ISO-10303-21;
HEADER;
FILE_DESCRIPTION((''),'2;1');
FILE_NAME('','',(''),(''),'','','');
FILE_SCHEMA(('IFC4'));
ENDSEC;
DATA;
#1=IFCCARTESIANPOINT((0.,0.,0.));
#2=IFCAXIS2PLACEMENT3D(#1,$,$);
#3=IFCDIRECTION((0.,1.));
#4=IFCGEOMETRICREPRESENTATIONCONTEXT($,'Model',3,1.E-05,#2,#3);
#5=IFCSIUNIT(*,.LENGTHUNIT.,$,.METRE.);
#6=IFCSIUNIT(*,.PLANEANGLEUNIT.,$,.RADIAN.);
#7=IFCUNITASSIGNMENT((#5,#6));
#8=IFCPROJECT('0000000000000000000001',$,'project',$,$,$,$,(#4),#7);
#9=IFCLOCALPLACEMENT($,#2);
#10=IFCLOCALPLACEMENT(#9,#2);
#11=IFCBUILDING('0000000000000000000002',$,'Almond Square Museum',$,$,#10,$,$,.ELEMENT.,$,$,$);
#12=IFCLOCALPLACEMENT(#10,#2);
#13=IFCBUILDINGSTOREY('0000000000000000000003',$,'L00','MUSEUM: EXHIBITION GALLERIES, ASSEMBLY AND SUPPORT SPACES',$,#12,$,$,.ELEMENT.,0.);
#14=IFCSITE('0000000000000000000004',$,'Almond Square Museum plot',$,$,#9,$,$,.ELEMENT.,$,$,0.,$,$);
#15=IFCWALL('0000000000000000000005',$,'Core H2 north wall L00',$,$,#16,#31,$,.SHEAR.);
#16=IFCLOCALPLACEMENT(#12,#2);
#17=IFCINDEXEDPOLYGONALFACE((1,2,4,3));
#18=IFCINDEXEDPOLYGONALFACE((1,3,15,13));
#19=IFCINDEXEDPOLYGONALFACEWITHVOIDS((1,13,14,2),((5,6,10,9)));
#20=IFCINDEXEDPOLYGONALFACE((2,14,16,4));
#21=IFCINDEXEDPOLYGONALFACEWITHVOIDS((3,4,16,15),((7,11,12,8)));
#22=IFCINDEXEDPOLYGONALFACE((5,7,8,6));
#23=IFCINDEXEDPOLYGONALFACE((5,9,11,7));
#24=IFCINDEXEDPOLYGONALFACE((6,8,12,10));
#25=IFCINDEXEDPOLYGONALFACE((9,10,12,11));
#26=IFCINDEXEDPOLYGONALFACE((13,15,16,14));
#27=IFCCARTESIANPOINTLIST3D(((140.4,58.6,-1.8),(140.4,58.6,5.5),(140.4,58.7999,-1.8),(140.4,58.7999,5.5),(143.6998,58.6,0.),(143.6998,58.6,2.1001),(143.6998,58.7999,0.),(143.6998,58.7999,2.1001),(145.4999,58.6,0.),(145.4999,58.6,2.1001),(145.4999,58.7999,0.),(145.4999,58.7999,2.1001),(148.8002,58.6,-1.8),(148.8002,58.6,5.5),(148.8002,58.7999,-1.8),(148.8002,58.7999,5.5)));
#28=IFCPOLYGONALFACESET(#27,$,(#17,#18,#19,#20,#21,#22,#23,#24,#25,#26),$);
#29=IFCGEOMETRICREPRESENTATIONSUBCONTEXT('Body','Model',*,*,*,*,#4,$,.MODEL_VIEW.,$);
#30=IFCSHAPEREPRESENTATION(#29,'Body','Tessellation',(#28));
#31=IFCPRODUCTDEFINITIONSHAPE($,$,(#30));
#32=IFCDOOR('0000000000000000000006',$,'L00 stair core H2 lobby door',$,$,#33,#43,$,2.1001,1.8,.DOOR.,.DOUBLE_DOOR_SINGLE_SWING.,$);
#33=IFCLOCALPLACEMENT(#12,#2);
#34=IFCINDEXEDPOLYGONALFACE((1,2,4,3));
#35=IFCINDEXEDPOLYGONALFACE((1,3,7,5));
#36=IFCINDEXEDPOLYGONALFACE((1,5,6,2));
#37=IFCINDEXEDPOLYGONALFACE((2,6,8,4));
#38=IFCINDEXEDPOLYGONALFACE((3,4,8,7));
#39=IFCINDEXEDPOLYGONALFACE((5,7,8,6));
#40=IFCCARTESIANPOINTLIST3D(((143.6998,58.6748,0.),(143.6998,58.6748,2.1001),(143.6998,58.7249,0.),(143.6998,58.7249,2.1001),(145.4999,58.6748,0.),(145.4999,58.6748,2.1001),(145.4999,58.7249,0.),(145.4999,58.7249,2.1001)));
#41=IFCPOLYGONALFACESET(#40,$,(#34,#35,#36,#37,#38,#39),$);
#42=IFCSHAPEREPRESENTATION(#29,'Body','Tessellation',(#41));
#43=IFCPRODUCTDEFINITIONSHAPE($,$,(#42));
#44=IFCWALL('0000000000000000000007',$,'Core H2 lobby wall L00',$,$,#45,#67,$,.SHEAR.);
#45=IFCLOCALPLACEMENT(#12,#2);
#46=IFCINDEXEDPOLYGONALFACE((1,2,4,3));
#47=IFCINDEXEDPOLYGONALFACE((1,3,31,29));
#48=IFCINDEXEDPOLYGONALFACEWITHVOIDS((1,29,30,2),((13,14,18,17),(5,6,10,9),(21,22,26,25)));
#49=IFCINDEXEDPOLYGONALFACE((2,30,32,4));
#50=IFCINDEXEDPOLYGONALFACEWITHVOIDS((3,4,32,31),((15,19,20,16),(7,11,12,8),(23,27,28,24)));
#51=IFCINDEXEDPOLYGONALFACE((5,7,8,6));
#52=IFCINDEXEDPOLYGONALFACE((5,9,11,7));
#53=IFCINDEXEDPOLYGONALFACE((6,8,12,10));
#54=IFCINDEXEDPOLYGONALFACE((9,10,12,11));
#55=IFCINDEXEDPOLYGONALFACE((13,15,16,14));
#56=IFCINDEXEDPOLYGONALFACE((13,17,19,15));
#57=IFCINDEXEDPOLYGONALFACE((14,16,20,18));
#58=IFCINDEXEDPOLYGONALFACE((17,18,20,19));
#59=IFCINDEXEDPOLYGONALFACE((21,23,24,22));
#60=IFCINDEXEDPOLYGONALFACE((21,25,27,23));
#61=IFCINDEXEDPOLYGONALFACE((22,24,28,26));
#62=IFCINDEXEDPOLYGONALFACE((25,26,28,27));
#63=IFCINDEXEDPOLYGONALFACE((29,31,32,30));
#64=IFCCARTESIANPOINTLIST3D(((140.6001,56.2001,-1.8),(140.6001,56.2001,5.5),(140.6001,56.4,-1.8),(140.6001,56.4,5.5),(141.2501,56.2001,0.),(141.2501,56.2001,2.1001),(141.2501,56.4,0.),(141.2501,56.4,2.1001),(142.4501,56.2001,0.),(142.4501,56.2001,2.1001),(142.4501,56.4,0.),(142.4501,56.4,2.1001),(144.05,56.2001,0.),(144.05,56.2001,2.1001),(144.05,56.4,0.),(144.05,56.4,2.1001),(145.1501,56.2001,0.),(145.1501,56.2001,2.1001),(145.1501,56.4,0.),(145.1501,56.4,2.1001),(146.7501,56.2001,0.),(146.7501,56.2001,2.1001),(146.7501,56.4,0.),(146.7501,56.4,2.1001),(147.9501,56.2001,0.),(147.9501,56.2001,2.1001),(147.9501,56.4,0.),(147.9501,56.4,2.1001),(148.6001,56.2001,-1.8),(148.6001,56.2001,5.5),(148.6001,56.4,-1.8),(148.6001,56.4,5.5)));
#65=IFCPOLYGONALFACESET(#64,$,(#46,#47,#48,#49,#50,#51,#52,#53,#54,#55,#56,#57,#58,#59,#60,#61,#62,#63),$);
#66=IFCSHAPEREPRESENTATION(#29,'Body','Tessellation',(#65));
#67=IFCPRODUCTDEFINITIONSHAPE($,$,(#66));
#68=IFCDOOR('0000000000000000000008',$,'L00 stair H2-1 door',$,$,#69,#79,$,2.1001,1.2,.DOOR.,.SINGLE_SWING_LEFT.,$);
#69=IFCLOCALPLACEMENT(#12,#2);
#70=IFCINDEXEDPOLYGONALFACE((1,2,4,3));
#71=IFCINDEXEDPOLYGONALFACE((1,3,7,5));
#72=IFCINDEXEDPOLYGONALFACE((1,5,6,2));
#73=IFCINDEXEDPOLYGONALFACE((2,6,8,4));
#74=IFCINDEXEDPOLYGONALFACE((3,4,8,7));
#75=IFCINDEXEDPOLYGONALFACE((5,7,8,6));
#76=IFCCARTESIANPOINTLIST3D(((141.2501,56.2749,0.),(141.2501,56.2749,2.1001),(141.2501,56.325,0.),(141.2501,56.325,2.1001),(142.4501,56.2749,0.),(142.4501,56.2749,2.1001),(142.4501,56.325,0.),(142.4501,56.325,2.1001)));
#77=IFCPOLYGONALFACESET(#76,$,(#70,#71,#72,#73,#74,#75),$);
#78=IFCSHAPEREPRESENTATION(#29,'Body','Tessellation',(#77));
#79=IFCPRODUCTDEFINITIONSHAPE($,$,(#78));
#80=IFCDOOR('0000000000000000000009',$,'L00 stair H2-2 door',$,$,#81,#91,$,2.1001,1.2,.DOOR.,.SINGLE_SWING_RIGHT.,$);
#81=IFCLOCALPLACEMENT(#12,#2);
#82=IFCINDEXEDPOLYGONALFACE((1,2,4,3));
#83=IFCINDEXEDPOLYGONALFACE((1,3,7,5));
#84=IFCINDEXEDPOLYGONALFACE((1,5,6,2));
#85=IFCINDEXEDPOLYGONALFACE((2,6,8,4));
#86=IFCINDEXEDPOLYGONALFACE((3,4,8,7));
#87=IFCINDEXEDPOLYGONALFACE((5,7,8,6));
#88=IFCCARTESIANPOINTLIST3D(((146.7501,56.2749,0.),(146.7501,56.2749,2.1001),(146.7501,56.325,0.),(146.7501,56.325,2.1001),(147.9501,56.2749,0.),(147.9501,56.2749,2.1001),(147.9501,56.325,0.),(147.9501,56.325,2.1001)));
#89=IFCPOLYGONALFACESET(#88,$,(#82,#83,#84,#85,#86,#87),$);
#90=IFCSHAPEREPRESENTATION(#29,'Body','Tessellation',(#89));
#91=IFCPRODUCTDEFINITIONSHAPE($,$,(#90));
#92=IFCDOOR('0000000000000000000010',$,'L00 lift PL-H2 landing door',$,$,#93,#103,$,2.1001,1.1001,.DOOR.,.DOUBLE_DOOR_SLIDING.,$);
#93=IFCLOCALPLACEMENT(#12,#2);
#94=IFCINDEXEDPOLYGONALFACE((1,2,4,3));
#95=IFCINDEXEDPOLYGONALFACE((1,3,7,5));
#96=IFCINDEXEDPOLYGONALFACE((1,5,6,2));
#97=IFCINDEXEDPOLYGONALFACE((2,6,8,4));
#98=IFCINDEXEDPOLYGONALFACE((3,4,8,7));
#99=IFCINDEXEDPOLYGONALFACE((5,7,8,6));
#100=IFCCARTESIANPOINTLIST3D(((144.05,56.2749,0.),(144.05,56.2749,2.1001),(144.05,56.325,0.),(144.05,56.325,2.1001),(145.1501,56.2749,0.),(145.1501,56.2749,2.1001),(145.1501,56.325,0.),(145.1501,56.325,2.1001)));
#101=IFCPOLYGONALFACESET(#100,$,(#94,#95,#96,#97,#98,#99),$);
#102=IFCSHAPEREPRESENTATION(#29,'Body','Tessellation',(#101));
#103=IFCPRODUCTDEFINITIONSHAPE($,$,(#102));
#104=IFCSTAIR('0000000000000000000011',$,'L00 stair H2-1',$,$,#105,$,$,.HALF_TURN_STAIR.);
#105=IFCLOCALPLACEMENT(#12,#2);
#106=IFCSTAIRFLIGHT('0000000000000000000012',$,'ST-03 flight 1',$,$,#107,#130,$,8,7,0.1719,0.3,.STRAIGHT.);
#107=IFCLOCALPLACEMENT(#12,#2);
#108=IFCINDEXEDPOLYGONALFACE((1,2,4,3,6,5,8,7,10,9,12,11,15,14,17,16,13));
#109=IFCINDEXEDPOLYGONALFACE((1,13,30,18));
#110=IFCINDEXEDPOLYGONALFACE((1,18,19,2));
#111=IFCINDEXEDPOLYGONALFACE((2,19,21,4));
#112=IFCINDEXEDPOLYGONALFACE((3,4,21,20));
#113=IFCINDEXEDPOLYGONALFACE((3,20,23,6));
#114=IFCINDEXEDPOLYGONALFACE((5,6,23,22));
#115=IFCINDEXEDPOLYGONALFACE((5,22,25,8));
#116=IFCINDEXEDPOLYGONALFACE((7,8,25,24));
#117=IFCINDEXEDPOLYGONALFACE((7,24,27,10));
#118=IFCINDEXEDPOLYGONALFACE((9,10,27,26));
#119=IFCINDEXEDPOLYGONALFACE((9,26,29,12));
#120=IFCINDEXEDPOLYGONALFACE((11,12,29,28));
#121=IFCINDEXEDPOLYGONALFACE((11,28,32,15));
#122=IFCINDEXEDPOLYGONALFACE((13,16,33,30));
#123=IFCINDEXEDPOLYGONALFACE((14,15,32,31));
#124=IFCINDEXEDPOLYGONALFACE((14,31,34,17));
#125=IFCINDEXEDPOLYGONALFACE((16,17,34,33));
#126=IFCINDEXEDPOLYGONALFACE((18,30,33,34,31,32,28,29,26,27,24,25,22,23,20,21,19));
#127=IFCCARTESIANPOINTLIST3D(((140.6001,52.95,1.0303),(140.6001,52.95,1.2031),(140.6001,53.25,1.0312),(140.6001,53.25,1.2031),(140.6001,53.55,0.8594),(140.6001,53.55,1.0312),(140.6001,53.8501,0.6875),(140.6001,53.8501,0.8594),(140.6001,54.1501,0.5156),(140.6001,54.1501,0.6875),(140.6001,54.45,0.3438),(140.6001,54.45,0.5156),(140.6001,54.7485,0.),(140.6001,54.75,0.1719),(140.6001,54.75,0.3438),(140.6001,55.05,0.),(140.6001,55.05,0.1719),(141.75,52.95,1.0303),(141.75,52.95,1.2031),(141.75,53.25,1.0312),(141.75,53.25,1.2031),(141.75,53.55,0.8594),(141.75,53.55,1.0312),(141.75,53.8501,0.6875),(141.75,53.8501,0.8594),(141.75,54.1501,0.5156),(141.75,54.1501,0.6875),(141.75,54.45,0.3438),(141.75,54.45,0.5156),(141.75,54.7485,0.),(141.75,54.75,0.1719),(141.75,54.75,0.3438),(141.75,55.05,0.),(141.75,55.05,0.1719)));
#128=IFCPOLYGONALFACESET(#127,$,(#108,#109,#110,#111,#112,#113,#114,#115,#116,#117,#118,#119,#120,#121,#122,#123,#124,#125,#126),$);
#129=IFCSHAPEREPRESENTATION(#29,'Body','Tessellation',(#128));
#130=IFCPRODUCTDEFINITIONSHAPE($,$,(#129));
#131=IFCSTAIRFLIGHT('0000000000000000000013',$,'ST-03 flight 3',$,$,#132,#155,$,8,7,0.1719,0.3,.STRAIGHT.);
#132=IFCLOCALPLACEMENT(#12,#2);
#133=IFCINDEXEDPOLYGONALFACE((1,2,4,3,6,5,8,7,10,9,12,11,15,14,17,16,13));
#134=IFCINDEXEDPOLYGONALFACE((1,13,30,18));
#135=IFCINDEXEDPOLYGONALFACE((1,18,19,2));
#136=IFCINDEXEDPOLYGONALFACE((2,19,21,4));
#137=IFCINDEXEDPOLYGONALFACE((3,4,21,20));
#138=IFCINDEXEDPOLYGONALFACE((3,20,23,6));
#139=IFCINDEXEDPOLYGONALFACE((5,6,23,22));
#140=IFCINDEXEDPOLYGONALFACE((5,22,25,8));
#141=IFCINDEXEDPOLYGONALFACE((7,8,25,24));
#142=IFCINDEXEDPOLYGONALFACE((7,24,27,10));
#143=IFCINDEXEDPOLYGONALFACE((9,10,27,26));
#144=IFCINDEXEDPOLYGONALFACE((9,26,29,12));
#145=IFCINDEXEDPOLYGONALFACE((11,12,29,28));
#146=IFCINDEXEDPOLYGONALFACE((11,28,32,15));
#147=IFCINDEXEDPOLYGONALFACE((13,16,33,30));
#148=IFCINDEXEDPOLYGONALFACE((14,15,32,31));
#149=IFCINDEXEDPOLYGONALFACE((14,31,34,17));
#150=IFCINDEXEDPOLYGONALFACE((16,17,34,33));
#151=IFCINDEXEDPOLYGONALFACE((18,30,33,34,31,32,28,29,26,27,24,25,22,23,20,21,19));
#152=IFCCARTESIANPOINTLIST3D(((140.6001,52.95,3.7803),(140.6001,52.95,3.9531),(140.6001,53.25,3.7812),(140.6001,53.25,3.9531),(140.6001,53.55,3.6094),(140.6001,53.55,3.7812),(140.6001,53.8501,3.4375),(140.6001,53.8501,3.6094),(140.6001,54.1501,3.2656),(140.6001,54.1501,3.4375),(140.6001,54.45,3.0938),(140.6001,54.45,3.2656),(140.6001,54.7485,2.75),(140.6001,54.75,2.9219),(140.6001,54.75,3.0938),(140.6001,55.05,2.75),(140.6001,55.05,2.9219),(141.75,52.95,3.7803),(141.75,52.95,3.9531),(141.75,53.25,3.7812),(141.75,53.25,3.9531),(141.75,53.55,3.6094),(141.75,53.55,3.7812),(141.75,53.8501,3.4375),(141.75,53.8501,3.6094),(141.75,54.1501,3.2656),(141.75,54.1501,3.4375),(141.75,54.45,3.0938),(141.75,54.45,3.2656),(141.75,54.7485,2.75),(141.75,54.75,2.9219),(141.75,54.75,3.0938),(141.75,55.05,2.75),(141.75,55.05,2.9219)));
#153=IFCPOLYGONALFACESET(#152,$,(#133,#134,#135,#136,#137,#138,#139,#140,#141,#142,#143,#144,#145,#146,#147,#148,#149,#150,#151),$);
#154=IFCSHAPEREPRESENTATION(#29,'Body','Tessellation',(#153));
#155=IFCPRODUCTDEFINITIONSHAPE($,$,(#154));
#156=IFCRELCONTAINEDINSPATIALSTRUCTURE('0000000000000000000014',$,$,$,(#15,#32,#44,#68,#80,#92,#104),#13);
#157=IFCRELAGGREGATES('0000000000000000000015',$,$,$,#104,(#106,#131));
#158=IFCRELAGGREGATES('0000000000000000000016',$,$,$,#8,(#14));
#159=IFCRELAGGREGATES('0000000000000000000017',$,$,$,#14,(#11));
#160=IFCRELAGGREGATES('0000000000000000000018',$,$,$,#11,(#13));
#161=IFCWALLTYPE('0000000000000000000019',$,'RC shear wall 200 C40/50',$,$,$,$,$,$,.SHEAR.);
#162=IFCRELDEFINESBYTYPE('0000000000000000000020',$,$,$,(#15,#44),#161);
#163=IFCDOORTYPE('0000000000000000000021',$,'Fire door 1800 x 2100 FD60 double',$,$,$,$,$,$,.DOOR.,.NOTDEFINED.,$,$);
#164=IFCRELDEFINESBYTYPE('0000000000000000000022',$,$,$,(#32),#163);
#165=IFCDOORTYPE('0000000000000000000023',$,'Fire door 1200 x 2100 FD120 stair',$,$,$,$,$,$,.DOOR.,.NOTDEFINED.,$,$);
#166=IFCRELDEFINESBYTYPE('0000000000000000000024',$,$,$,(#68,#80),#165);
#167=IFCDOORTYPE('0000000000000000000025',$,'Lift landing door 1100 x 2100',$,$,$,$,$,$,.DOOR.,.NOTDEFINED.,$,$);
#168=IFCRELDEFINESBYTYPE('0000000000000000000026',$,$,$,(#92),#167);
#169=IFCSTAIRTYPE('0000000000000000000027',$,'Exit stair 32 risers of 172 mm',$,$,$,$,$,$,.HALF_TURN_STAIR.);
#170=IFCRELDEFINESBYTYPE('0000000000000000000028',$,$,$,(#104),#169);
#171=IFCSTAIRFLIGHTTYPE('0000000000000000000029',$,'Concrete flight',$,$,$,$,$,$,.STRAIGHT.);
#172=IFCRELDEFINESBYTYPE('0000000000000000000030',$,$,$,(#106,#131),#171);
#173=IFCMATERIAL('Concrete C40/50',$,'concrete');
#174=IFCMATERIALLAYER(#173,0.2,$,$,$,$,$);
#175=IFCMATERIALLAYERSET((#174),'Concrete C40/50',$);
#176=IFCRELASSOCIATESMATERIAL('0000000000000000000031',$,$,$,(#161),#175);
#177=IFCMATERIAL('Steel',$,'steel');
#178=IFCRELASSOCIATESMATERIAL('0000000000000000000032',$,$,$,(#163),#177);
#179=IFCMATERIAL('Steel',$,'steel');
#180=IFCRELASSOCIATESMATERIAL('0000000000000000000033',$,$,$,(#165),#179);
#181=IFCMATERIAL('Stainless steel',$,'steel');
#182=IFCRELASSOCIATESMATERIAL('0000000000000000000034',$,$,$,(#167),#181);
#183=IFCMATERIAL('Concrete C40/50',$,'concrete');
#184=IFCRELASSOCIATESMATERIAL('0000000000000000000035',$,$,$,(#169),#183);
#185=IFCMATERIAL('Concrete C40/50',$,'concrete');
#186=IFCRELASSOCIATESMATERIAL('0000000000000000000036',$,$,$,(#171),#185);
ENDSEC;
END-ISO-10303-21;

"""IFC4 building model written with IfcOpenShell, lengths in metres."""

from ifc_helpers import new_model, si_unit, direction, frame, frame_2d, origin, place, context, subcontext, project, spatial, polyline, rectangle, outline, extrude, material, layer, layer_set, type_object, element, fill, aggregate, save


model = new_model("IFC4")

# Units and contexts
model_context = context("Model", 3, precision=1e-05, world=origin(), true_north=direction((0.0, 1.0)))
body_context = subcontext(model_context, "Body", "Model", "MODEL_VIEW")
ifc_project = project(units=[si_unit("LENGTHUNIT", "METRE"), si_unit("PLANEANGLEUNIT", "RADIAN")], contexts=[model_context])

# Site, building, storey
site_placement = place(None, origin())
site = spatial("IfcSite", under=ifc_project, at=site_placement, Name="Almond Square Museum plot", CompositionType="ELEMENT", RefElevation=0.0)
building_placement = place(site_placement, origin())
building = spatial("IfcBuilding", under=site, at=building_placement, Name="Almond Square Museum", CompositionType="ELEMENT")
storey_placement = place(building_placement, origin())
storey = spatial("IfcBuildingStorey", under=building, at=storey_placement, Name="L00", Description="MUSEUM: EXHIBITION GALLERIES, ASSEMBLY AND SUPPORT SPACES", CompositionType="ELEMENT", Elevation=0.0)

# Wall, opening, door
ifc_material_1 = material(Name="Concrete C40/50", Category="concrete")
ifc_layer = layer(ifc_material_1, 0.2)
ifc_layer_set = layer_set([ifc_layer], Name="Concrete C40/50")
wall_type = type_object("IfcWallType", Name="RC shear wall 200 C40/50", PredefinedType="SHEAR", material=ifc_layer_set)
wall_1_placement = place(storey_placement, frame((140.3999, 58.7, -1.8), z_axis=(0.0, 0.0, 1.0), x_axis=(1.0, 0.0, 0.0)))
wall_1 = element("IfcWall", 1, at=wall_1_placement, inside=storey, type_object=wall_type, Name="Core H2 north wall L00", PredefinedType="SHEAR", context=body_context, shape_type="SweptSolid", body=[
    extrude(rectangle(XDim=8.4001, YDim=0.2, at=frame_2d((4.2002, 0.0))), origin(), (0.0, 0.0, 1.0), 7.3),
])
opening_1_placement = place(wall_1_placement, frame((3.3, 0.0, 1.8)))
opening_1 = element("IfcOpeningElement", 2, at=opening_1_placement, cuts=wall_1, PredefinedType="OPENING", context=body_context, shape_type="SweptSolid", body=[
    extrude(rectangle(XDim=1.8, YDim=2.1001, at=frame_2d((0.8999, 1.05))), frame((0.0, 0.1099, 0.0), z_axis=(0.0, -1.0, 0.0), x_axis=(1.0, 0.0, 0.0)), (0.0, 0.0, 1.0), 0.22),
])
ifc_material_2 = material(Name="Steel", Category="steel")
door_type_1 = type_object("IfcDoorType", Name="Fire door 1800 x 2100 FD60 double", OperationType="NOTDEFINED", PredefinedType="DOOR", material=ifc_material_2)
door_1_placement = place(opening_1_placement, origin())
door_1 = element("IfcDoor", 3, at=door_1_placement, inside=storey, type_object=door_type_1, Name="L00 stair core H2 lobby door", OperationType="DOUBLE_DOOR_SINGLE_SWING", OverallHeight=2.1001, OverallWidth=1.8, PredefinedType="DOOR", context=body_context, shape_type="SweptSolid", body=[
    extrude(rectangle(XDim=1.8, YDim=2.1001, at=frame_2d((0.8999, 1.05))), frame((0.0, 0.0249, 0.0), z_axis=(0.0, -1.0, 0.0), x_axis=(1.0, 0.0, 0.0)), (0.0, 0.0, 1.0), 0.05),
])
fill(opening_1, door_1)

# Wall, openings, doors
wall_2_placement = place(storey_placement, frame((140.6001, 56.3, -1.8), z_axis=(0.0, 0.0, 1.0), x_axis=(1.0, 0.0, 0.0)))
wall_2 = element("IfcWall", 4, at=wall_2_placement, inside=storey, type_object=wall_type, Name="Core H2 lobby wall L00", PredefinedType="SHEAR", context=body_context, shape_type="SweptSolid", body=[
    extrude(rectangle(XDim=8.0, YDim=0.2, at=frame_2d((4.0, 0.0))), origin(), (0.0, 0.0, 1.0), 7.3),
])
opening_2_placement = place(wall_2_placement, frame((0.6499, 0.0, 1.8)))
opening_2 = element("IfcOpeningElement", 5, at=opening_2_placement, cuts=wall_2, PredefinedType="OPENING", context=body_context, shape_type="SweptSolid", body=[
    extrude(rectangle(XDim=1.2, YDim=2.1001, at=frame_2d((0.6001, 1.05))), frame((0.0, 0.1099, 0.0), z_axis=(0.0, -1.0, 0.0), x_axis=(1.0, 0.0, 0.0)), (0.0, 0.0, 1.0), 0.22),
])
opening_3_placement = place(wall_2_placement, frame((6.1499, 0.0, 1.8)))
opening_3 = element("IfcOpeningElement", 6, at=opening_3_placement, cuts=wall_2, PredefinedType="OPENING", context=body_context, shape_type="SweptSolid", body=[
    extrude(rectangle(XDim=1.2, YDim=2.1001, at=frame_2d((0.6001, 1.05))), frame((0.0, 0.1099, 0.0), z_axis=(0.0, -1.0, 0.0), x_axis=(1.0, 0.0, 0.0)), (0.0, 0.0, 1.0), 0.22),
])
opening_4_placement = place(wall_2_placement, frame((3.45, 0.0, 1.8)))
opening_4 = element("IfcOpeningElement", 7, at=opening_4_placement, cuts=wall_2, PredefinedType="OPENING", context=body_context, shape_type="SweptSolid", body=[
    extrude(rectangle(XDim=1.1001, YDim=2.1001, at=frame_2d((0.55, 1.05))), frame((0.0, 0.1099, 0.0), z_axis=(0.0, -1.0, 0.0), x_axis=(1.0, 0.0, 0.0)), (0.0, 0.0, 1.0), 0.22),
])
ifc_material_3 = material(Name="Steel", Category="steel")
door_type_2 = type_object("IfcDoorType", Name="Fire door 1200 x 2100 FD120 stair", OperationType="NOTDEFINED", PredefinedType="DOOR", material=ifc_material_3)
door_2_placement = place(opening_2_placement, origin())
door_2 = element("IfcDoor", 8, at=door_2_placement, inside=storey, type_object=door_type_2, Name="L00 stair H2-1 door", OperationType="SINGLE_SWING_LEFT", OverallHeight=2.1001, OverallWidth=1.2, PredefinedType="DOOR", context=body_context, shape_type="SweptSolid", body=[
    extrude(rectangle(XDim=1.2, YDim=2.1001, at=frame_2d((0.6001, 1.05))), frame((0.0, 0.0249, 0.0), z_axis=(0.0, -1.0, 0.0), x_axis=(1.0, 0.0, 0.0)), (0.0, 0.0, 1.0), 0.05),
])
fill(opening_2, door_2)
door_3_placement = place(opening_3_placement, origin())
door_3 = element("IfcDoor", 9, at=door_3_placement, inside=storey, type_object=door_type_2, Name="L00 stair H2-2 door", OperationType="SINGLE_SWING_RIGHT", OverallHeight=2.1001, OverallWidth=1.2, PredefinedType="DOOR", context=body_context, shape_type="SweptSolid", body=[
    extrude(rectangle(XDim=1.2, YDim=2.1001, at=frame_2d((0.6001, 1.05))), frame((0.0, 0.0249, 0.0), z_axis=(0.0, -1.0, 0.0), x_axis=(1.0, 0.0, 0.0)), (0.0, 0.0, 1.0), 0.05),
])
fill(opening_3, door_3)
ifc_material_4 = material(Name="Stainless steel", Category="steel")
door_type_3 = type_object("IfcDoorType", Name="Lift landing door 1100 x 2100", OperationType="NOTDEFINED", PredefinedType="DOOR", material=ifc_material_4)
door_4_placement = place(opening_4_placement, origin())
door_4 = element("IfcDoor", 10, at=door_4_placement, inside=storey, type_object=door_type_3, Name="L00 lift PL-H2 landing door", OperationType="DOUBLE_DOOR_SLIDING", OverallHeight=2.1001, OverallWidth=1.1001, PredefinedType="DOOR", context=body_context, shape_type="SweptSolid", body=[
    extrude(rectangle(XDim=1.1001, YDim=2.1001, at=frame_2d((0.55, 1.05))), frame((0.0, 0.0249, 0.0), z_axis=(0.0, -1.0, 0.0), x_axis=(1.0, 0.0, 0.0)), (0.0, 0.0, 1.0), 0.05),
])
fill(opening_4, door_4)

# Stair, stair flights
ifc_material_5 = material(Name="Concrete C40/50", Category="concrete")
stair_type = type_object("IfcStairType", Name="Exit stair 32 risers of 172 mm", PredefinedType="HALF_TURN_STAIR", material=ifc_material_5)
stair_1_placement = place(storey_placement, origin())
stair_1 = element("IfcStair", 11, at=stair_1_placement, inside=storey, type_object=stair_type, Name="L00 stair H2-1", PredefinedType="HALF_TURN_STAIR")
ifc_material_6 = material(Name="Concrete C40/50", Category="concrete")
stair_flight_type = type_object("IfcStairFlightType", Name="Concrete flight", PredefinedType="STRAIGHT", material=ifc_material_6)
stair_flight_1_placement = place(storey_placement, frame((141.175, 55.05, 0.0), z_axis=(0.0, 0.0, 1.0), x_axis=(0.0, -1.0, 0.0)))
stair_flight_1 = element("IfcStairFlight", 12, at=stair_flight_1_placement, type_object=stair_flight_type, Name="ST-03 flight 1", NumberOfRisers=8, NumberOfTreads=7, PredefinedType="STRAIGHT", RiserHeight=0.1719, TreadLength=0.3, context=body_context, shape_type="SweptSolid", body=[
    extrude(outline(polyline([(0.0, 0.0), (0.0, 0.1719), (0.3, 0.1719), (0.3, 0.3438), (0.6001, 0.3438), (0.6001, 0.5156), (0.8999, 0.5156), (0.8999, 0.6875), (1.2, 0.6875), (1.2, 0.8594), (1.5, 0.8594), (1.5, 1.0312), (1.8, 1.0312), (1.8, 1.2031), (2.1001, 1.2031), (2.1001, 1.375), (2.1001, 1.0303), (0.3015, 0.0), (0.0, 0.0)])), frame((0.0, 0.575, 0.0), z_axis=(0.0, -1.0, 0.0), x_axis=(1.0, 0.0, 0.0)), (0.0, 0.0, 1.0), 1.1499),
])
stair_flight_2_placement = place(storey_placement, frame((141.175, 55.05, 2.75), z_axis=(0.0, 0.0, 1.0), x_axis=(0.0, -1.0, 0.0)))
stair_flight_2 = element("IfcStairFlight", 13, at=stair_flight_2_placement, type_object=stair_flight_type, Name="ST-03 flight 3", NumberOfRisers=8, NumberOfTreads=7, PredefinedType="STRAIGHT", RiserHeight=0.1719, TreadLength=0.3, context=body_context, shape_type="SweptSolid", body=[
    extrude(outline(polyline([(0.0, 0.0), (0.0, 0.1719), (0.3, 0.1719), (0.3, 0.3438), (0.6001, 0.3438), (0.6001, 0.5156), (0.8999, 0.5156), (0.8999, 0.6875), (1.2, 0.6875), (1.2, 0.8594), (1.5, 0.8594), (1.5, 1.0312), (1.8, 1.0312), (1.8, 1.2031), (2.1001, 1.2031), (2.1001, 1.375), (2.1001, 1.0303), (0.3015, 0.0), (0.0, 0.0)])), frame((0.0, 0.575, 0.0), z_axis=(0.0, -1.0, 0.0), x_axis=(1.0, 0.0, 0.0)), (0.0, 0.0, 1.0), 1.1499),
])
aggregate(stair_1, [stair_flight_1, stair_flight_2])

save(model, "model.ifc")
